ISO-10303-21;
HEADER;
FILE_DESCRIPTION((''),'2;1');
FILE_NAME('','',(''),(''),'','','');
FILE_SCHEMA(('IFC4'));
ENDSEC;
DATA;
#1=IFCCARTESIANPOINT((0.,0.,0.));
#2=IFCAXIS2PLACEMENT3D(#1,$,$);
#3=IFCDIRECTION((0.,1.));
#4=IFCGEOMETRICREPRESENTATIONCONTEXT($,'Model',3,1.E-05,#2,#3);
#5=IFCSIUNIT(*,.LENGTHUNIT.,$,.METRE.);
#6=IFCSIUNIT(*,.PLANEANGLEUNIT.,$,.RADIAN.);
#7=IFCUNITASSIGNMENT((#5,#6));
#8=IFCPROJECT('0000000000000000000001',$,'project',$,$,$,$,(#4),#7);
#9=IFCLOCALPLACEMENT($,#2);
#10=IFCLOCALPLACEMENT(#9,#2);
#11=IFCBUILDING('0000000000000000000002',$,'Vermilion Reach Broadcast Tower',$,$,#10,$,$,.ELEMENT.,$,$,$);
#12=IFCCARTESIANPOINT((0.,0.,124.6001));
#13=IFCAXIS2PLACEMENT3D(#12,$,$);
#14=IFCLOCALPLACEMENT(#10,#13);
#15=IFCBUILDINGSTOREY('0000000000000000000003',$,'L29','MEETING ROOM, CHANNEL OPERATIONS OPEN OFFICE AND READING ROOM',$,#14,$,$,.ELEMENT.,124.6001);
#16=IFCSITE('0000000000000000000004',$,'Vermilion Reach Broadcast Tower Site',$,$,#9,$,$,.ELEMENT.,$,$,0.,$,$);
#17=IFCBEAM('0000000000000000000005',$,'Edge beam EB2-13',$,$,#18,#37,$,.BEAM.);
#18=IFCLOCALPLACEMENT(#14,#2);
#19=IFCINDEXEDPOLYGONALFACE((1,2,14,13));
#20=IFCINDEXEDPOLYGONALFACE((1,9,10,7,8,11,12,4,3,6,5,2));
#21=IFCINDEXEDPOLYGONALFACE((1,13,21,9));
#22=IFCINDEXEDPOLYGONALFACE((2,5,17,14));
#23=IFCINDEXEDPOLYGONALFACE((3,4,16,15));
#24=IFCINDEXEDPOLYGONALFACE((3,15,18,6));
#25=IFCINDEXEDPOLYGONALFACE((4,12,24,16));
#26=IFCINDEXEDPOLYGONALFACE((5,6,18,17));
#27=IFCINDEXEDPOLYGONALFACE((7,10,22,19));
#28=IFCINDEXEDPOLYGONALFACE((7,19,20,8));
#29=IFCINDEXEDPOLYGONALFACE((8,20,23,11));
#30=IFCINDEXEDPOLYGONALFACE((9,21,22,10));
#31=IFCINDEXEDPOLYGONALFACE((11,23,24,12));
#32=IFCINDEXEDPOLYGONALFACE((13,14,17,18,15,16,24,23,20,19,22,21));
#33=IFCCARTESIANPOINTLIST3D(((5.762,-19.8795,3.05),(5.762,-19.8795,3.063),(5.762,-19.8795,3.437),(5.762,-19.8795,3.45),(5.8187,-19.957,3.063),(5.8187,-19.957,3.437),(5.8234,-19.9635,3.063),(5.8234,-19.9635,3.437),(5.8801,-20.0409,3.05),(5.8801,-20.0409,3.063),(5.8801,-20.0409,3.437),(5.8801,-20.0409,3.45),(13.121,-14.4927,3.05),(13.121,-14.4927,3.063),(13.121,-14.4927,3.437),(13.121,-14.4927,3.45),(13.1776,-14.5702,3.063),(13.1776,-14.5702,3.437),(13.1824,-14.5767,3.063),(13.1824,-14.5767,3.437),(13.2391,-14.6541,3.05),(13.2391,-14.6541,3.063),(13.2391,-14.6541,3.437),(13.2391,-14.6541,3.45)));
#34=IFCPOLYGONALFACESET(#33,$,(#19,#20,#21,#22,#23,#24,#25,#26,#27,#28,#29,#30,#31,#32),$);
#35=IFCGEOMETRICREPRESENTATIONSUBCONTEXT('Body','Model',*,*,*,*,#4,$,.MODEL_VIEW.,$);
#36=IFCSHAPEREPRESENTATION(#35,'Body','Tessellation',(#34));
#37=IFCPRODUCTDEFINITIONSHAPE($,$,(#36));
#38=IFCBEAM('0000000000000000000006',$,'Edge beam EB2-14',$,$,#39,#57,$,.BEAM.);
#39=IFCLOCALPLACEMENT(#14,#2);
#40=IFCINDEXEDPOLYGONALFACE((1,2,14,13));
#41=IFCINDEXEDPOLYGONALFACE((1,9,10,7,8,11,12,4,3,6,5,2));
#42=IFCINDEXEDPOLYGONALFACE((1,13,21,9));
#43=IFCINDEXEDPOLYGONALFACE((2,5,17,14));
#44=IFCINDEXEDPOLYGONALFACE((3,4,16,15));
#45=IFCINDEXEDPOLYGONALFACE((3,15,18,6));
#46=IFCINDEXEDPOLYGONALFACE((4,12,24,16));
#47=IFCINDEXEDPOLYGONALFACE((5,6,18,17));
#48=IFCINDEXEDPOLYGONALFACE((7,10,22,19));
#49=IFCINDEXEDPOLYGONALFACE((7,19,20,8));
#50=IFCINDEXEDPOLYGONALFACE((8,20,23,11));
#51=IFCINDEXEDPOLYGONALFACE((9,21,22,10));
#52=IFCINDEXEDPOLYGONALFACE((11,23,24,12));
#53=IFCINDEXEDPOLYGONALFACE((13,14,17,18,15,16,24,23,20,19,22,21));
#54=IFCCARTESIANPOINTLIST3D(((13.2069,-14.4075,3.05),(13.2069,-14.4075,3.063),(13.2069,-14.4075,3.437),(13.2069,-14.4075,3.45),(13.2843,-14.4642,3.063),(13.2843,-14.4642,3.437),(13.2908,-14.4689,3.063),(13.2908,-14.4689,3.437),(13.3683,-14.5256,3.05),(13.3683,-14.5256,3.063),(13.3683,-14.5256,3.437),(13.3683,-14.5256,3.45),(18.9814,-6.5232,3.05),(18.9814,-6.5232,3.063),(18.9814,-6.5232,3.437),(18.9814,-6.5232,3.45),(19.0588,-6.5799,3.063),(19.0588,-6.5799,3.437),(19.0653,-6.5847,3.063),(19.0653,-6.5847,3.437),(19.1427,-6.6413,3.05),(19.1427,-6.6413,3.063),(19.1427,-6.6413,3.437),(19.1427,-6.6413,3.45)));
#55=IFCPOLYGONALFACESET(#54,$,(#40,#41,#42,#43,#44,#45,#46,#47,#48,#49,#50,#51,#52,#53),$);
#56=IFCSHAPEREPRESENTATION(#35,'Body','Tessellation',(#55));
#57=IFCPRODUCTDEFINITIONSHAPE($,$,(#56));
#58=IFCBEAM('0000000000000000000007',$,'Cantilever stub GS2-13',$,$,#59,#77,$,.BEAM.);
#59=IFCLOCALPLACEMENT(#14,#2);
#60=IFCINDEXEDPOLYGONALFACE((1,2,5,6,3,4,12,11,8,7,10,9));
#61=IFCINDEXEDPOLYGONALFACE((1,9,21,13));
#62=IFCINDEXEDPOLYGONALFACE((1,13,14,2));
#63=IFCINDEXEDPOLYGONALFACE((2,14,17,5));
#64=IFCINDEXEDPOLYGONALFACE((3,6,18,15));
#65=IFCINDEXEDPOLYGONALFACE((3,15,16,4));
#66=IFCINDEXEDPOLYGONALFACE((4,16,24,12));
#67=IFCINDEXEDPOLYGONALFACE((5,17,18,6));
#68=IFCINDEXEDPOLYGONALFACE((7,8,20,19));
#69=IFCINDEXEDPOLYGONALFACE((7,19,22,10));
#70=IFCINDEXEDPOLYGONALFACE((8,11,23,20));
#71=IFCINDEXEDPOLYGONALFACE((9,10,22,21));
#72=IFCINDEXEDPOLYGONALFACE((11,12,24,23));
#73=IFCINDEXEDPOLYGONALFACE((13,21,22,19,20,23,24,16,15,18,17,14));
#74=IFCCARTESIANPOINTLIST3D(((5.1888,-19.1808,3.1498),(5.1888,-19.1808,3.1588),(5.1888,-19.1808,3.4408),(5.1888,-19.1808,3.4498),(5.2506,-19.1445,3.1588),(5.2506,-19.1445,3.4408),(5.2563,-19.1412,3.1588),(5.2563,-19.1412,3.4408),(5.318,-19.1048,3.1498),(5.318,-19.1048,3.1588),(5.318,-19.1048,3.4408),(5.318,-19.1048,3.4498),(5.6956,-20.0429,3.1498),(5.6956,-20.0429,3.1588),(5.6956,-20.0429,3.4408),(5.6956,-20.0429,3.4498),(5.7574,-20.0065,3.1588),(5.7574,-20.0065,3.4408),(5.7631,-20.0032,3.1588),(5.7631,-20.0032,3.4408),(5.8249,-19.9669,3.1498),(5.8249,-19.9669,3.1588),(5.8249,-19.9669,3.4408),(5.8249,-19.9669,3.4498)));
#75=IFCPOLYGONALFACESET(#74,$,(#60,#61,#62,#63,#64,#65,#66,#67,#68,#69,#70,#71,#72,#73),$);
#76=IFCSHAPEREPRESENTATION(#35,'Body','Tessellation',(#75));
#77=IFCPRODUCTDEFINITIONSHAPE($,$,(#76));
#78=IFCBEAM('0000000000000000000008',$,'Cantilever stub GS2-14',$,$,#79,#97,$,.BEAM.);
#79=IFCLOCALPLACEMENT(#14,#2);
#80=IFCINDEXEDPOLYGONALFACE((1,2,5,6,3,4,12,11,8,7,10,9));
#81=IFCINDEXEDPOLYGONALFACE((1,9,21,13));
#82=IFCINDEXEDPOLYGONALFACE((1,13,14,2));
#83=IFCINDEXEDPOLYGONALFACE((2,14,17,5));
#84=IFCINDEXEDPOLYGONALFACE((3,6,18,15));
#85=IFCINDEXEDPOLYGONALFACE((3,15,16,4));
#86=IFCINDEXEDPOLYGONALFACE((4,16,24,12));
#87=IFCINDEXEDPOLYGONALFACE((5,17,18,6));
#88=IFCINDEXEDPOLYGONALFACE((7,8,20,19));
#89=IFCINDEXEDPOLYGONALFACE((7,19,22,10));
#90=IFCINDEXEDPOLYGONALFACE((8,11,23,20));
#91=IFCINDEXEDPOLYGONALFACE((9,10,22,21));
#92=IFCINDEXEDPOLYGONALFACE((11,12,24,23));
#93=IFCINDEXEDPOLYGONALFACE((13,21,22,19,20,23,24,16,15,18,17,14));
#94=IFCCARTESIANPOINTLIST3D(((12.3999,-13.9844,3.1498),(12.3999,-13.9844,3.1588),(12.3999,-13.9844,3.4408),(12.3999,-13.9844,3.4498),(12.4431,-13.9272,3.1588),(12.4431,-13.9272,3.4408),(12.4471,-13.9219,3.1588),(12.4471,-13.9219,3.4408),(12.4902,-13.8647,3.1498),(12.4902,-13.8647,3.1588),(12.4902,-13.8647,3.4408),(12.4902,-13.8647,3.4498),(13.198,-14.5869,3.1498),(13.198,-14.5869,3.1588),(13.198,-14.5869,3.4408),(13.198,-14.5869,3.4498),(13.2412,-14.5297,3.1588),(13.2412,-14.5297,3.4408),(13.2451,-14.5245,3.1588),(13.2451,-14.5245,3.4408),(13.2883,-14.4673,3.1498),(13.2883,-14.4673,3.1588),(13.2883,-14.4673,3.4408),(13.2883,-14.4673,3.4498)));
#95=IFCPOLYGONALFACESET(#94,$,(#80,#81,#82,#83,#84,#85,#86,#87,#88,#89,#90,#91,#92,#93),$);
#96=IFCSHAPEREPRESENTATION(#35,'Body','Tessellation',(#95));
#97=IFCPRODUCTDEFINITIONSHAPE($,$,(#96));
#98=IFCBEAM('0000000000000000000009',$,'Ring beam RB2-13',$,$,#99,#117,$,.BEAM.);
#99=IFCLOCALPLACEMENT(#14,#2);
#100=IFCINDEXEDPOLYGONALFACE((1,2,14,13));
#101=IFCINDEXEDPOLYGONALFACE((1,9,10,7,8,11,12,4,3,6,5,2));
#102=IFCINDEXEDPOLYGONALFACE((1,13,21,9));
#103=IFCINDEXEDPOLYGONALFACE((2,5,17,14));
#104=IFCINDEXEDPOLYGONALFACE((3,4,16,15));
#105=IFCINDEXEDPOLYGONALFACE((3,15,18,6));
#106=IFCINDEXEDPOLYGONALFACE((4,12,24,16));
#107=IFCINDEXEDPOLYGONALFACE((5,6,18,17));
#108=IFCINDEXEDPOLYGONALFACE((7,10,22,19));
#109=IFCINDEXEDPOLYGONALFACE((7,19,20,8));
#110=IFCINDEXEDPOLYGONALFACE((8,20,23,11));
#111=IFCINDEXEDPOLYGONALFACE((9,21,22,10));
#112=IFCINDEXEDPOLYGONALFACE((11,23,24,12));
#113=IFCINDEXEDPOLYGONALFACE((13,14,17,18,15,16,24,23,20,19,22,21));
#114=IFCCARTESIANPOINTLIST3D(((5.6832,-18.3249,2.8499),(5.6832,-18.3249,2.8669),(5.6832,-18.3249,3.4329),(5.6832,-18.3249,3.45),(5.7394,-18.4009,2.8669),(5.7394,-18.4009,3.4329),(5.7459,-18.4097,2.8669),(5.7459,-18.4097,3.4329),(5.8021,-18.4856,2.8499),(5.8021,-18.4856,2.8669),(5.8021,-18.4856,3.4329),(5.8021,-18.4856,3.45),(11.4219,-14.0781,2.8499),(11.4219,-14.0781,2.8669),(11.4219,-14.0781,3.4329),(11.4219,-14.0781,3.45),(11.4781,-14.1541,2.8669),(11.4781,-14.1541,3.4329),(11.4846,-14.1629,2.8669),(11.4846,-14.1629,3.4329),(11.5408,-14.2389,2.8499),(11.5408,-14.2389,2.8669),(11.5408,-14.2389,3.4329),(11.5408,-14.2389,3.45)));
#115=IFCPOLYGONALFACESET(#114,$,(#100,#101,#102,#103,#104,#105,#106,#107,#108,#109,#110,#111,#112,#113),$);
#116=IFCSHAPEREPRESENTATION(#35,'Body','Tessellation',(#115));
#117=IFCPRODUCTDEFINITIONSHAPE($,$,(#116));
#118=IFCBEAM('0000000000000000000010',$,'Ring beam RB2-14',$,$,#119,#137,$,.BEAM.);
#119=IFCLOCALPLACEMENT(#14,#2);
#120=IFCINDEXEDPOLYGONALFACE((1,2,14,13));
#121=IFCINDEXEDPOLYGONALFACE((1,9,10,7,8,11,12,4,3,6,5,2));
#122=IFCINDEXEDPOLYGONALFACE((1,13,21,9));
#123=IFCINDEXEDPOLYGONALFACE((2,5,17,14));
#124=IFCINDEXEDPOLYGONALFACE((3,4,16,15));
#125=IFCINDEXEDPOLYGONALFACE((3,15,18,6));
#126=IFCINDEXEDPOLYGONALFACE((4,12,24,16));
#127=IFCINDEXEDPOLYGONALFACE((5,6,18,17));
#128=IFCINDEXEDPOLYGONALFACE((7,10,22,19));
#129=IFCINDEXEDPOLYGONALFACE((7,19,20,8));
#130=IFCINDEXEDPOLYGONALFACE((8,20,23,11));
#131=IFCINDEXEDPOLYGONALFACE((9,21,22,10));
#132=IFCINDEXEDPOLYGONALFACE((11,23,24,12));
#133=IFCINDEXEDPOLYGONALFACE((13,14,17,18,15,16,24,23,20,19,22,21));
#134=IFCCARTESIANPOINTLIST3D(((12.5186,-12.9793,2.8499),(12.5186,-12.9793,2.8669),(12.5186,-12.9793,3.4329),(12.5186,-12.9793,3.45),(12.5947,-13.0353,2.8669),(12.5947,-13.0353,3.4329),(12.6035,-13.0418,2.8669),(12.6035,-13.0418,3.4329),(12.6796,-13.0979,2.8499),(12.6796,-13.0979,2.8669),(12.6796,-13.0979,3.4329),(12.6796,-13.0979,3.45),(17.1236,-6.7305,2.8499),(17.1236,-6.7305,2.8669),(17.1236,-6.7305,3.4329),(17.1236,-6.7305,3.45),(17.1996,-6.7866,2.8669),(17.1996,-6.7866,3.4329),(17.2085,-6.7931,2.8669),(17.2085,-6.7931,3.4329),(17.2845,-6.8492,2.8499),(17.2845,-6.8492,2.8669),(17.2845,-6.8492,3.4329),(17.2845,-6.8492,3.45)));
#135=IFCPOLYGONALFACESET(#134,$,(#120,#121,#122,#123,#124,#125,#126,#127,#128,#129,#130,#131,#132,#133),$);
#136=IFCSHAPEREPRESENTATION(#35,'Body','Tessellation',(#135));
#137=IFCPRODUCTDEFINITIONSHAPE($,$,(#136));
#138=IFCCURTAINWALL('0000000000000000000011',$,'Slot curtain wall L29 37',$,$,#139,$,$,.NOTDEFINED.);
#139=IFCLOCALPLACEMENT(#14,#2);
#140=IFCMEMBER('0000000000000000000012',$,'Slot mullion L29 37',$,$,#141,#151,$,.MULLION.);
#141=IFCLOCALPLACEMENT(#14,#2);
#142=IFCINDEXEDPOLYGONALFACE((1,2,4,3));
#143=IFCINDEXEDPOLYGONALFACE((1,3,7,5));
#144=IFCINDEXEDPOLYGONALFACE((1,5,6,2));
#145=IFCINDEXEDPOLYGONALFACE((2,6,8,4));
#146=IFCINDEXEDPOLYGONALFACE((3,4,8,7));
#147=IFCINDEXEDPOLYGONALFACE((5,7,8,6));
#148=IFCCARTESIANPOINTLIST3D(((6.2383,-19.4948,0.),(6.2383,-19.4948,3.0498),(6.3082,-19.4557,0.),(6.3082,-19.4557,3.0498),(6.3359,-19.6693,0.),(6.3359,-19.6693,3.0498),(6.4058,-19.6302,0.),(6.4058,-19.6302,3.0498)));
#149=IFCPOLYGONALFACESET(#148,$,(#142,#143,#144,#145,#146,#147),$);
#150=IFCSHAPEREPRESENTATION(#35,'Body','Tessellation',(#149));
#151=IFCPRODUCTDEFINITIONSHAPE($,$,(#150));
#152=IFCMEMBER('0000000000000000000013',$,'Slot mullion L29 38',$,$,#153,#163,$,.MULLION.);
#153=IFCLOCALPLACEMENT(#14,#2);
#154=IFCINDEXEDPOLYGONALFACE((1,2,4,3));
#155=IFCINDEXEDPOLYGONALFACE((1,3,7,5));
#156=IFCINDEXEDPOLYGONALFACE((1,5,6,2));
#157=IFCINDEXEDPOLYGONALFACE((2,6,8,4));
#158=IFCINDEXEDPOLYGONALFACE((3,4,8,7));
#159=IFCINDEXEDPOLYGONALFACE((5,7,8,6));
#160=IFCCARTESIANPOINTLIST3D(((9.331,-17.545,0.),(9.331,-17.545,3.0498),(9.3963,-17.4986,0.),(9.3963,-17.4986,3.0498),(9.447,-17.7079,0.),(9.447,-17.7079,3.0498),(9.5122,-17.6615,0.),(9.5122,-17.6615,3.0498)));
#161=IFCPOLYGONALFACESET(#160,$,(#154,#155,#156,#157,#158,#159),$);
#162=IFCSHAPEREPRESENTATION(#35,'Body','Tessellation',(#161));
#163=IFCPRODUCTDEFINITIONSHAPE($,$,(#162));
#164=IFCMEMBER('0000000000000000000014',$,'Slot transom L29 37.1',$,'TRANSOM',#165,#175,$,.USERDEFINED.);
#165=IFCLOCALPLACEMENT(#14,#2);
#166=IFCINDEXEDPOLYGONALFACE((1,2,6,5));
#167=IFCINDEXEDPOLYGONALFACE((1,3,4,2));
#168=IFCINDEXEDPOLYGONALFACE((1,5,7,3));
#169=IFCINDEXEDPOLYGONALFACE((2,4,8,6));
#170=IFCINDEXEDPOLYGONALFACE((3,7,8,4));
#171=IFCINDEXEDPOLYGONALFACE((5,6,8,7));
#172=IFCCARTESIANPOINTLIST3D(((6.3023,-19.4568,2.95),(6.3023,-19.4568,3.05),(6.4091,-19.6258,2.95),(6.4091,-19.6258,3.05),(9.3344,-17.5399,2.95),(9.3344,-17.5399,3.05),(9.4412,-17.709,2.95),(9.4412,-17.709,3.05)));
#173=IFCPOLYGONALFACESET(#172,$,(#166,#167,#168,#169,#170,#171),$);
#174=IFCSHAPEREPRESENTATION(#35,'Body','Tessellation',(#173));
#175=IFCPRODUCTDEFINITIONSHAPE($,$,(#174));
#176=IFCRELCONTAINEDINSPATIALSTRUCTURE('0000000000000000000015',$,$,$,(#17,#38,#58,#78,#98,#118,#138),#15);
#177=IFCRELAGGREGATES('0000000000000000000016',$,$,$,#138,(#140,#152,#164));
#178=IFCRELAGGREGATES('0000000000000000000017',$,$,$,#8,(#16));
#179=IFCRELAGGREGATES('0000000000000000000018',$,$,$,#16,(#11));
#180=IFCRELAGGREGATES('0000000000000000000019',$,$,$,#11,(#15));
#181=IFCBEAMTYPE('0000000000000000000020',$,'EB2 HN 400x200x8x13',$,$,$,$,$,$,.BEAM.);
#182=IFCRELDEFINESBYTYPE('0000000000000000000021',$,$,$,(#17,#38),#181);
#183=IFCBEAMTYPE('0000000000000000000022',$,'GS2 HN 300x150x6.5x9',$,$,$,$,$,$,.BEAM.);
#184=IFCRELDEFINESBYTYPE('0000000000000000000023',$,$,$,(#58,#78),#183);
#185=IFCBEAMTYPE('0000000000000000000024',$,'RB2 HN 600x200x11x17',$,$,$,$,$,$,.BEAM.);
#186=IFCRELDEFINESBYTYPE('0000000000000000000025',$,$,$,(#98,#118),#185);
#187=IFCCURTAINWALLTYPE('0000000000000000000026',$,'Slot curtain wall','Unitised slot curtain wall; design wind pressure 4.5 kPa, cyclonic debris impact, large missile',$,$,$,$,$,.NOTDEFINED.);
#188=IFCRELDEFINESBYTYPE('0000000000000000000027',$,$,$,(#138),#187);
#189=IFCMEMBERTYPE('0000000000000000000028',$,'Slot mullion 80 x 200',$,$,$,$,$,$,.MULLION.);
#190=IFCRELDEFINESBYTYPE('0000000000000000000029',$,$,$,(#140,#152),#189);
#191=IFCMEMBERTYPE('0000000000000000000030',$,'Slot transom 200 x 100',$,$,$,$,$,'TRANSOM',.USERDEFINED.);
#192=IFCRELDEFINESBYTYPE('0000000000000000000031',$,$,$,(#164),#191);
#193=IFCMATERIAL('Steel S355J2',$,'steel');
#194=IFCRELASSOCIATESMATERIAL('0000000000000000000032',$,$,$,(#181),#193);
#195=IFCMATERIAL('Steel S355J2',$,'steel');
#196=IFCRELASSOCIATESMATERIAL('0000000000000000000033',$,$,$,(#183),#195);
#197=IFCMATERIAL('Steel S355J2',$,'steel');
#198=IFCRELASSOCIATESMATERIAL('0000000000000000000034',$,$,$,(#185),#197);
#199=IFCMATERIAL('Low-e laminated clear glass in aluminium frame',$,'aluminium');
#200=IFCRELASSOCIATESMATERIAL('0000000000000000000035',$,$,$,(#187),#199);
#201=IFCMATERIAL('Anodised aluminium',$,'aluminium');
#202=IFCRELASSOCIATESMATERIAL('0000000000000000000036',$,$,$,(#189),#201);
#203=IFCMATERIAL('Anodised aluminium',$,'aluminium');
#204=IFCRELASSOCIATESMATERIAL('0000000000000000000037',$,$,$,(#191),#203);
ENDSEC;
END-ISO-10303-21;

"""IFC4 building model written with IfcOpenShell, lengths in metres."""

from ifc_helpers import new_model, si_unit, direction, frame, origin, origin_2d, place, context, subcontext, project, spatial, rectangle, i_section, extrude, material, material_profile, profile_set, type_object, element, aggregate, save


model = new_model("IFC4")

# Units and contexts
model_context = context("Model", 3, precision=1e-05, world=origin(), true_north=direction((0.0, 1.0)))
body_context = subcontext(model_context, "Body", "Model", "MODEL_VIEW")
ifc_project = project(units=[si_unit("LENGTHUNIT", "METRE"), si_unit("PLANEANGLEUNIT", "RADIAN")], contexts=[model_context])

# Site, building, storey
site_placement = place(None, origin())
site = spatial("IfcSite", under=ifc_project, at=site_placement, Name="Vermilion Reach Broadcast Tower Site", CompositionType="ELEMENT", RefElevation=0.0)
building_placement = place(site_placement, origin())
building = spatial("IfcBuilding", under=site, at=building_placement, Name="Vermilion Reach Broadcast Tower", CompositionType="ELEMENT")
storey_placement = place(building_placement, frame((0.0, 0.0, 124.6001)))
storey = spatial("IfcBuildingStorey", under=building, at=storey_placement, Name="L29", Description="MEETING ROOM, CHANNEL OPERATIONS OPEN OFFICE AND READING ROOM", CompositionType="ELEMENT", Elevation=124.6001)

# Beams
ifc_material_1 = material(Name="Steel S355J2", Category="steel")
ifc_material_profile_1 = material_profile(ifc_material_1, i_section(OverallWidth=0.2, OverallDepth=0.3999, WebThickness=0.0081, FlangeThickness=0.0129, at=origin_2d()), Name="S355J2 HN 400x200x8x13")
ifc_profile_set_1 = profile_set([ifc_material_profile_1], Name="Steel S355J2")
beam_type_1 = type_object("IfcBeamType", Name="EB2 HN 400x200x8x13", PredefinedType="BEAM", material=ifc_profile_set_1)
beam_1_placement = place(storey_placement, frame((5.821, -19.9602, 3.25), z_axis=(0.806917, 0.590665, 0.0), x_axis=(-0.590665, 0.806917, 0.0)))
element("IfcBeam", 1, at=beam_1_placement, inside=storey, type_object=beam_type_1, Name="Edge beam EB2-13", PredefinedType="BEAM", context=body_context, shape_type="SweptSolid", body=[
    extrude(i_section(OverallWidth=0.2, OverallDepth=0.3999, WebThickness=0.0081, FlangeThickness=0.0129, at=origin_2d()), origin(), (0.0, 0.0, 1.0), 9.1199),
])
beam_2_placement = place(storey_placement, frame((13.2876, -14.4666, 3.25), z_axis=(0.590872, 0.806765, 0.0), x_axis=(-0.806765, 0.590872, 0.0)))
element("IfcBeam", 2, at=beam_2_placement, inside=storey, type_object=beam_type_1, Name="Edge beam EB2-14", PredefinedType="BEAM", context=body_context, shape_type="SweptSolid", body=[
    extrude(i_section(OverallWidth=0.2, OverallDepth=0.3999, WebThickness=0.0081, FlangeThickness=0.0129, at=origin_2d()), origin(), (0.0, 0.0, 1.0), 9.7727),
])
ifc_material_2 = material(Name="Steel S355J2", Category="steel")
ifc_material_profile_2 = material_profile(ifc_material_2, i_section(OverallWidth=0.1499, OverallDepth=0.3, WebThickness=0.0066, FlangeThickness=0.009, at=origin_2d()), Name="S355J2 HN 300x150x6.5x9")
ifc_profile_set_2 = profile_set([ifc_material_profile_2], Name="Steel S355J2")
beam_type_2 = type_object("IfcBeamType", Name="GS2 HN 300x150x6.5x9", PredefinedType="BEAM", material=ifc_profile_set_2)
for number, where, z_axis, x_axis, name in (
    (3, (5.2534, -19.1428, 3.2998), (0.506828, -0.862047, 0.0), (0.862047, 0.506828, 0.0), "Cantilever stub GS2-13"),
    (4, (12.4451, -13.9246, 3.2998), (0.798092, -0.602536, 0.0), (0.602536, 0.798092, 0.0), "Cantilever stub GS2-14"),
):
    element("IfcBeam", number, at=place(storey_placement, frame(where, z_axis=z_axis, x_axis=x_axis)), inside=storey, type_object=beam_type_2, Name=name, PredefinedType="BEAM", context=body_context, shape_type="SweptSolid", body=[
        extrude(i_section(OverallWidth=0.1499, OverallDepth=0.3, WebThickness=0.0066, FlangeThickness=0.009, at=origin_2d()), origin(), (0.0, 0.0, 1.0), 1.0),
    ])
ifc_material_3 = material(Name="Steel S355J2", Category="steel")
ifc_material_profile_3 = material_profile(ifc_material_3, i_section(OverallWidth=0.2, OverallDepth=0.6001, WebThickness=0.011, FlangeThickness=0.0171, at=origin_2d()), Name="S355J2 HN 600x200x11x17")
ifc_profile_set_3 = profile_set([ifc_material_profile_3], Name="Steel S355J2")
beam_type_3 = type_object("IfcBeamType", Name="RB2 HN 600x200x11x17", PredefinedType="BEAM", material=ifc_profile_set_3)
beam_3_placement = place(storey_placement, frame((5.7427, -18.4053, 3.1499), z_axis=(0.803833, 0.594855, 0.0), x_axis=(-0.594855, 0.803833, 0.0)))
element("IfcBeam", 5, at=beam_3_placement, inside=storey, type_object=beam_type_3, Name="Ring beam RB2-13", PredefinedType="BEAM", context=body_context, shape_type="SweptSolid", body=[
    extrude(i_section(OverallWidth=0.2, OverallDepth=0.6001, WebThickness=0.011, FlangeThickness=0.0171, at=origin_2d()), origin(), (0.0, 0.0, 1.0), 7.1392),
])
beam_4_placement = place(storey_placement, frame((12.5991, -13.0386, 3.1499), z_axis=(0.593251, 0.805018, 0.0), x_axis=(-0.805018, 0.593251, 0.0)))
element("IfcBeam", 6, at=beam_4_placement, inside=storey, type_object=beam_type_3, Name="Ring beam RB2-14", PredefinedType="BEAM", context=body_context, shape_type="SweptSolid", body=[
    extrude(i_section(OverallWidth=0.2, OverallDepth=0.6001, WebThickness=0.011, FlangeThickness=0.0171, at=origin_2d()), origin(), (0.0, 0.0, 1.0), 7.7622),
])

# Curtain wall, members
ifc_material_4 = material(Name="Low-e laminated clear glass in aluminium frame", Category="aluminium")
curtain_wall_type = type_object("IfcCurtainWallType", Name="Slot curtain wall", Description="Unitised slot curtain wall; design wind pressure 4.5 kPa, cyclonic debris impact, large missile", PredefinedType="NOTDEFINED", material=ifc_material_4)
placement = place(storey_placement, origin())
curtain_wall_1 = element("IfcCurtainWall", 7, at=placement, inside=storey, type_object=curtain_wall_type, Name="Slot curtain wall L29 37", PredefinedType="NOTDEFINED")
ifc_material_5 = material(Name="Anodised aluminium", Category="aluminium")
ifc_material_profile_4 = material_profile(ifc_material_5, rectangle(XDim=0.2, YDim=0.0801, at=origin_2d()), Name="Slot mullion 80 x 200")
ifc_profile_set_4 = profile_set([ifc_material_profile_4], Name="Anodised aluminium")
member_type_1 = type_object("IfcMemberType", Name="Slot mullion 80 x 200", PredefinedType="MULLION", material=ifc_profile_set_4)
member_1_placement = place(storey_placement, frame((6.322, -19.5625, 0.0), z_axis=(0.0, 0.0, 1.0), x_axis=(-0.48795, 0.872872, 0.0)))
member_1 = element("IfcMember", 8, at=member_1_placement, type_object=member_type_1, Name="Slot mullion L29 37", PredefinedType="MULLION", context=body_context, shape_type="SweptSolid", body=[
    extrude(rectangle(XDim=0.2, YDim=0.0801, at=origin_2d()), origin(), (0.0, 0.0, 1.0), 3.0498),
])
member_2_placement = place(storey_placement, frame((9.4216, -17.6033, 0.0), z_axis=(0.0, 0.0, 1.0), x_axis=(-0.579864, 0.814713, 0.0)))
member_2 = element("IfcMember", 9, at=member_2_placement, type_object=member_type_1, Name="Slot mullion L29 38", PredefinedType="MULLION", context=body_context, shape_type="SweptSolid", body=[
    extrude(rectangle(XDim=0.2, YDim=0.0801, at=origin_2d()), origin(), (0.0, 0.0, 1.0), 3.0498),
])
ifc_material_6 = material(Name="Anodised aluminium", Category="aluminium")
ifc_material_profile_5 = material_profile(ifc_material_6, rectangle(XDim=0.2, YDim=0.1001, at=origin_2d()), Name="Slot transom 200 x 100")
ifc_profile_set_5 = profile_set([ifc_material_profile_5], Name="Anodised aluminium")
member_type_2 = type_object("IfcMemberType", Name="Slot transom 200 x 100", ElementType="TRANSOM", PredefinedType="USERDEFINED", material=ifc_profile_set_5)
member_3_placement = place(storey_placement, frame((6.3557, -19.5413, 3.0), z_axis=(0.845261, 0.534354, 0.0), x_axis=(-0.534354, 0.845261, 0.0)))
member_3 = element("IfcMember", 10, at=member_3_placement, type_object=member_type_2, Name="Slot transom L29 37.1", ObjectType="TRANSOM", PredefinedType="USERDEFINED", context=body_context, shape_type="SweptSolid", body=[
    extrude(rectangle(XDim=0.2, YDim=0.1001, at=origin_2d()), origin(), (0.0, 0.0, 1.0), 3.5872),
])

aggregate(curtain_wall_1, [member_1, member_2, member_3])

save(model, "model.ifc")
